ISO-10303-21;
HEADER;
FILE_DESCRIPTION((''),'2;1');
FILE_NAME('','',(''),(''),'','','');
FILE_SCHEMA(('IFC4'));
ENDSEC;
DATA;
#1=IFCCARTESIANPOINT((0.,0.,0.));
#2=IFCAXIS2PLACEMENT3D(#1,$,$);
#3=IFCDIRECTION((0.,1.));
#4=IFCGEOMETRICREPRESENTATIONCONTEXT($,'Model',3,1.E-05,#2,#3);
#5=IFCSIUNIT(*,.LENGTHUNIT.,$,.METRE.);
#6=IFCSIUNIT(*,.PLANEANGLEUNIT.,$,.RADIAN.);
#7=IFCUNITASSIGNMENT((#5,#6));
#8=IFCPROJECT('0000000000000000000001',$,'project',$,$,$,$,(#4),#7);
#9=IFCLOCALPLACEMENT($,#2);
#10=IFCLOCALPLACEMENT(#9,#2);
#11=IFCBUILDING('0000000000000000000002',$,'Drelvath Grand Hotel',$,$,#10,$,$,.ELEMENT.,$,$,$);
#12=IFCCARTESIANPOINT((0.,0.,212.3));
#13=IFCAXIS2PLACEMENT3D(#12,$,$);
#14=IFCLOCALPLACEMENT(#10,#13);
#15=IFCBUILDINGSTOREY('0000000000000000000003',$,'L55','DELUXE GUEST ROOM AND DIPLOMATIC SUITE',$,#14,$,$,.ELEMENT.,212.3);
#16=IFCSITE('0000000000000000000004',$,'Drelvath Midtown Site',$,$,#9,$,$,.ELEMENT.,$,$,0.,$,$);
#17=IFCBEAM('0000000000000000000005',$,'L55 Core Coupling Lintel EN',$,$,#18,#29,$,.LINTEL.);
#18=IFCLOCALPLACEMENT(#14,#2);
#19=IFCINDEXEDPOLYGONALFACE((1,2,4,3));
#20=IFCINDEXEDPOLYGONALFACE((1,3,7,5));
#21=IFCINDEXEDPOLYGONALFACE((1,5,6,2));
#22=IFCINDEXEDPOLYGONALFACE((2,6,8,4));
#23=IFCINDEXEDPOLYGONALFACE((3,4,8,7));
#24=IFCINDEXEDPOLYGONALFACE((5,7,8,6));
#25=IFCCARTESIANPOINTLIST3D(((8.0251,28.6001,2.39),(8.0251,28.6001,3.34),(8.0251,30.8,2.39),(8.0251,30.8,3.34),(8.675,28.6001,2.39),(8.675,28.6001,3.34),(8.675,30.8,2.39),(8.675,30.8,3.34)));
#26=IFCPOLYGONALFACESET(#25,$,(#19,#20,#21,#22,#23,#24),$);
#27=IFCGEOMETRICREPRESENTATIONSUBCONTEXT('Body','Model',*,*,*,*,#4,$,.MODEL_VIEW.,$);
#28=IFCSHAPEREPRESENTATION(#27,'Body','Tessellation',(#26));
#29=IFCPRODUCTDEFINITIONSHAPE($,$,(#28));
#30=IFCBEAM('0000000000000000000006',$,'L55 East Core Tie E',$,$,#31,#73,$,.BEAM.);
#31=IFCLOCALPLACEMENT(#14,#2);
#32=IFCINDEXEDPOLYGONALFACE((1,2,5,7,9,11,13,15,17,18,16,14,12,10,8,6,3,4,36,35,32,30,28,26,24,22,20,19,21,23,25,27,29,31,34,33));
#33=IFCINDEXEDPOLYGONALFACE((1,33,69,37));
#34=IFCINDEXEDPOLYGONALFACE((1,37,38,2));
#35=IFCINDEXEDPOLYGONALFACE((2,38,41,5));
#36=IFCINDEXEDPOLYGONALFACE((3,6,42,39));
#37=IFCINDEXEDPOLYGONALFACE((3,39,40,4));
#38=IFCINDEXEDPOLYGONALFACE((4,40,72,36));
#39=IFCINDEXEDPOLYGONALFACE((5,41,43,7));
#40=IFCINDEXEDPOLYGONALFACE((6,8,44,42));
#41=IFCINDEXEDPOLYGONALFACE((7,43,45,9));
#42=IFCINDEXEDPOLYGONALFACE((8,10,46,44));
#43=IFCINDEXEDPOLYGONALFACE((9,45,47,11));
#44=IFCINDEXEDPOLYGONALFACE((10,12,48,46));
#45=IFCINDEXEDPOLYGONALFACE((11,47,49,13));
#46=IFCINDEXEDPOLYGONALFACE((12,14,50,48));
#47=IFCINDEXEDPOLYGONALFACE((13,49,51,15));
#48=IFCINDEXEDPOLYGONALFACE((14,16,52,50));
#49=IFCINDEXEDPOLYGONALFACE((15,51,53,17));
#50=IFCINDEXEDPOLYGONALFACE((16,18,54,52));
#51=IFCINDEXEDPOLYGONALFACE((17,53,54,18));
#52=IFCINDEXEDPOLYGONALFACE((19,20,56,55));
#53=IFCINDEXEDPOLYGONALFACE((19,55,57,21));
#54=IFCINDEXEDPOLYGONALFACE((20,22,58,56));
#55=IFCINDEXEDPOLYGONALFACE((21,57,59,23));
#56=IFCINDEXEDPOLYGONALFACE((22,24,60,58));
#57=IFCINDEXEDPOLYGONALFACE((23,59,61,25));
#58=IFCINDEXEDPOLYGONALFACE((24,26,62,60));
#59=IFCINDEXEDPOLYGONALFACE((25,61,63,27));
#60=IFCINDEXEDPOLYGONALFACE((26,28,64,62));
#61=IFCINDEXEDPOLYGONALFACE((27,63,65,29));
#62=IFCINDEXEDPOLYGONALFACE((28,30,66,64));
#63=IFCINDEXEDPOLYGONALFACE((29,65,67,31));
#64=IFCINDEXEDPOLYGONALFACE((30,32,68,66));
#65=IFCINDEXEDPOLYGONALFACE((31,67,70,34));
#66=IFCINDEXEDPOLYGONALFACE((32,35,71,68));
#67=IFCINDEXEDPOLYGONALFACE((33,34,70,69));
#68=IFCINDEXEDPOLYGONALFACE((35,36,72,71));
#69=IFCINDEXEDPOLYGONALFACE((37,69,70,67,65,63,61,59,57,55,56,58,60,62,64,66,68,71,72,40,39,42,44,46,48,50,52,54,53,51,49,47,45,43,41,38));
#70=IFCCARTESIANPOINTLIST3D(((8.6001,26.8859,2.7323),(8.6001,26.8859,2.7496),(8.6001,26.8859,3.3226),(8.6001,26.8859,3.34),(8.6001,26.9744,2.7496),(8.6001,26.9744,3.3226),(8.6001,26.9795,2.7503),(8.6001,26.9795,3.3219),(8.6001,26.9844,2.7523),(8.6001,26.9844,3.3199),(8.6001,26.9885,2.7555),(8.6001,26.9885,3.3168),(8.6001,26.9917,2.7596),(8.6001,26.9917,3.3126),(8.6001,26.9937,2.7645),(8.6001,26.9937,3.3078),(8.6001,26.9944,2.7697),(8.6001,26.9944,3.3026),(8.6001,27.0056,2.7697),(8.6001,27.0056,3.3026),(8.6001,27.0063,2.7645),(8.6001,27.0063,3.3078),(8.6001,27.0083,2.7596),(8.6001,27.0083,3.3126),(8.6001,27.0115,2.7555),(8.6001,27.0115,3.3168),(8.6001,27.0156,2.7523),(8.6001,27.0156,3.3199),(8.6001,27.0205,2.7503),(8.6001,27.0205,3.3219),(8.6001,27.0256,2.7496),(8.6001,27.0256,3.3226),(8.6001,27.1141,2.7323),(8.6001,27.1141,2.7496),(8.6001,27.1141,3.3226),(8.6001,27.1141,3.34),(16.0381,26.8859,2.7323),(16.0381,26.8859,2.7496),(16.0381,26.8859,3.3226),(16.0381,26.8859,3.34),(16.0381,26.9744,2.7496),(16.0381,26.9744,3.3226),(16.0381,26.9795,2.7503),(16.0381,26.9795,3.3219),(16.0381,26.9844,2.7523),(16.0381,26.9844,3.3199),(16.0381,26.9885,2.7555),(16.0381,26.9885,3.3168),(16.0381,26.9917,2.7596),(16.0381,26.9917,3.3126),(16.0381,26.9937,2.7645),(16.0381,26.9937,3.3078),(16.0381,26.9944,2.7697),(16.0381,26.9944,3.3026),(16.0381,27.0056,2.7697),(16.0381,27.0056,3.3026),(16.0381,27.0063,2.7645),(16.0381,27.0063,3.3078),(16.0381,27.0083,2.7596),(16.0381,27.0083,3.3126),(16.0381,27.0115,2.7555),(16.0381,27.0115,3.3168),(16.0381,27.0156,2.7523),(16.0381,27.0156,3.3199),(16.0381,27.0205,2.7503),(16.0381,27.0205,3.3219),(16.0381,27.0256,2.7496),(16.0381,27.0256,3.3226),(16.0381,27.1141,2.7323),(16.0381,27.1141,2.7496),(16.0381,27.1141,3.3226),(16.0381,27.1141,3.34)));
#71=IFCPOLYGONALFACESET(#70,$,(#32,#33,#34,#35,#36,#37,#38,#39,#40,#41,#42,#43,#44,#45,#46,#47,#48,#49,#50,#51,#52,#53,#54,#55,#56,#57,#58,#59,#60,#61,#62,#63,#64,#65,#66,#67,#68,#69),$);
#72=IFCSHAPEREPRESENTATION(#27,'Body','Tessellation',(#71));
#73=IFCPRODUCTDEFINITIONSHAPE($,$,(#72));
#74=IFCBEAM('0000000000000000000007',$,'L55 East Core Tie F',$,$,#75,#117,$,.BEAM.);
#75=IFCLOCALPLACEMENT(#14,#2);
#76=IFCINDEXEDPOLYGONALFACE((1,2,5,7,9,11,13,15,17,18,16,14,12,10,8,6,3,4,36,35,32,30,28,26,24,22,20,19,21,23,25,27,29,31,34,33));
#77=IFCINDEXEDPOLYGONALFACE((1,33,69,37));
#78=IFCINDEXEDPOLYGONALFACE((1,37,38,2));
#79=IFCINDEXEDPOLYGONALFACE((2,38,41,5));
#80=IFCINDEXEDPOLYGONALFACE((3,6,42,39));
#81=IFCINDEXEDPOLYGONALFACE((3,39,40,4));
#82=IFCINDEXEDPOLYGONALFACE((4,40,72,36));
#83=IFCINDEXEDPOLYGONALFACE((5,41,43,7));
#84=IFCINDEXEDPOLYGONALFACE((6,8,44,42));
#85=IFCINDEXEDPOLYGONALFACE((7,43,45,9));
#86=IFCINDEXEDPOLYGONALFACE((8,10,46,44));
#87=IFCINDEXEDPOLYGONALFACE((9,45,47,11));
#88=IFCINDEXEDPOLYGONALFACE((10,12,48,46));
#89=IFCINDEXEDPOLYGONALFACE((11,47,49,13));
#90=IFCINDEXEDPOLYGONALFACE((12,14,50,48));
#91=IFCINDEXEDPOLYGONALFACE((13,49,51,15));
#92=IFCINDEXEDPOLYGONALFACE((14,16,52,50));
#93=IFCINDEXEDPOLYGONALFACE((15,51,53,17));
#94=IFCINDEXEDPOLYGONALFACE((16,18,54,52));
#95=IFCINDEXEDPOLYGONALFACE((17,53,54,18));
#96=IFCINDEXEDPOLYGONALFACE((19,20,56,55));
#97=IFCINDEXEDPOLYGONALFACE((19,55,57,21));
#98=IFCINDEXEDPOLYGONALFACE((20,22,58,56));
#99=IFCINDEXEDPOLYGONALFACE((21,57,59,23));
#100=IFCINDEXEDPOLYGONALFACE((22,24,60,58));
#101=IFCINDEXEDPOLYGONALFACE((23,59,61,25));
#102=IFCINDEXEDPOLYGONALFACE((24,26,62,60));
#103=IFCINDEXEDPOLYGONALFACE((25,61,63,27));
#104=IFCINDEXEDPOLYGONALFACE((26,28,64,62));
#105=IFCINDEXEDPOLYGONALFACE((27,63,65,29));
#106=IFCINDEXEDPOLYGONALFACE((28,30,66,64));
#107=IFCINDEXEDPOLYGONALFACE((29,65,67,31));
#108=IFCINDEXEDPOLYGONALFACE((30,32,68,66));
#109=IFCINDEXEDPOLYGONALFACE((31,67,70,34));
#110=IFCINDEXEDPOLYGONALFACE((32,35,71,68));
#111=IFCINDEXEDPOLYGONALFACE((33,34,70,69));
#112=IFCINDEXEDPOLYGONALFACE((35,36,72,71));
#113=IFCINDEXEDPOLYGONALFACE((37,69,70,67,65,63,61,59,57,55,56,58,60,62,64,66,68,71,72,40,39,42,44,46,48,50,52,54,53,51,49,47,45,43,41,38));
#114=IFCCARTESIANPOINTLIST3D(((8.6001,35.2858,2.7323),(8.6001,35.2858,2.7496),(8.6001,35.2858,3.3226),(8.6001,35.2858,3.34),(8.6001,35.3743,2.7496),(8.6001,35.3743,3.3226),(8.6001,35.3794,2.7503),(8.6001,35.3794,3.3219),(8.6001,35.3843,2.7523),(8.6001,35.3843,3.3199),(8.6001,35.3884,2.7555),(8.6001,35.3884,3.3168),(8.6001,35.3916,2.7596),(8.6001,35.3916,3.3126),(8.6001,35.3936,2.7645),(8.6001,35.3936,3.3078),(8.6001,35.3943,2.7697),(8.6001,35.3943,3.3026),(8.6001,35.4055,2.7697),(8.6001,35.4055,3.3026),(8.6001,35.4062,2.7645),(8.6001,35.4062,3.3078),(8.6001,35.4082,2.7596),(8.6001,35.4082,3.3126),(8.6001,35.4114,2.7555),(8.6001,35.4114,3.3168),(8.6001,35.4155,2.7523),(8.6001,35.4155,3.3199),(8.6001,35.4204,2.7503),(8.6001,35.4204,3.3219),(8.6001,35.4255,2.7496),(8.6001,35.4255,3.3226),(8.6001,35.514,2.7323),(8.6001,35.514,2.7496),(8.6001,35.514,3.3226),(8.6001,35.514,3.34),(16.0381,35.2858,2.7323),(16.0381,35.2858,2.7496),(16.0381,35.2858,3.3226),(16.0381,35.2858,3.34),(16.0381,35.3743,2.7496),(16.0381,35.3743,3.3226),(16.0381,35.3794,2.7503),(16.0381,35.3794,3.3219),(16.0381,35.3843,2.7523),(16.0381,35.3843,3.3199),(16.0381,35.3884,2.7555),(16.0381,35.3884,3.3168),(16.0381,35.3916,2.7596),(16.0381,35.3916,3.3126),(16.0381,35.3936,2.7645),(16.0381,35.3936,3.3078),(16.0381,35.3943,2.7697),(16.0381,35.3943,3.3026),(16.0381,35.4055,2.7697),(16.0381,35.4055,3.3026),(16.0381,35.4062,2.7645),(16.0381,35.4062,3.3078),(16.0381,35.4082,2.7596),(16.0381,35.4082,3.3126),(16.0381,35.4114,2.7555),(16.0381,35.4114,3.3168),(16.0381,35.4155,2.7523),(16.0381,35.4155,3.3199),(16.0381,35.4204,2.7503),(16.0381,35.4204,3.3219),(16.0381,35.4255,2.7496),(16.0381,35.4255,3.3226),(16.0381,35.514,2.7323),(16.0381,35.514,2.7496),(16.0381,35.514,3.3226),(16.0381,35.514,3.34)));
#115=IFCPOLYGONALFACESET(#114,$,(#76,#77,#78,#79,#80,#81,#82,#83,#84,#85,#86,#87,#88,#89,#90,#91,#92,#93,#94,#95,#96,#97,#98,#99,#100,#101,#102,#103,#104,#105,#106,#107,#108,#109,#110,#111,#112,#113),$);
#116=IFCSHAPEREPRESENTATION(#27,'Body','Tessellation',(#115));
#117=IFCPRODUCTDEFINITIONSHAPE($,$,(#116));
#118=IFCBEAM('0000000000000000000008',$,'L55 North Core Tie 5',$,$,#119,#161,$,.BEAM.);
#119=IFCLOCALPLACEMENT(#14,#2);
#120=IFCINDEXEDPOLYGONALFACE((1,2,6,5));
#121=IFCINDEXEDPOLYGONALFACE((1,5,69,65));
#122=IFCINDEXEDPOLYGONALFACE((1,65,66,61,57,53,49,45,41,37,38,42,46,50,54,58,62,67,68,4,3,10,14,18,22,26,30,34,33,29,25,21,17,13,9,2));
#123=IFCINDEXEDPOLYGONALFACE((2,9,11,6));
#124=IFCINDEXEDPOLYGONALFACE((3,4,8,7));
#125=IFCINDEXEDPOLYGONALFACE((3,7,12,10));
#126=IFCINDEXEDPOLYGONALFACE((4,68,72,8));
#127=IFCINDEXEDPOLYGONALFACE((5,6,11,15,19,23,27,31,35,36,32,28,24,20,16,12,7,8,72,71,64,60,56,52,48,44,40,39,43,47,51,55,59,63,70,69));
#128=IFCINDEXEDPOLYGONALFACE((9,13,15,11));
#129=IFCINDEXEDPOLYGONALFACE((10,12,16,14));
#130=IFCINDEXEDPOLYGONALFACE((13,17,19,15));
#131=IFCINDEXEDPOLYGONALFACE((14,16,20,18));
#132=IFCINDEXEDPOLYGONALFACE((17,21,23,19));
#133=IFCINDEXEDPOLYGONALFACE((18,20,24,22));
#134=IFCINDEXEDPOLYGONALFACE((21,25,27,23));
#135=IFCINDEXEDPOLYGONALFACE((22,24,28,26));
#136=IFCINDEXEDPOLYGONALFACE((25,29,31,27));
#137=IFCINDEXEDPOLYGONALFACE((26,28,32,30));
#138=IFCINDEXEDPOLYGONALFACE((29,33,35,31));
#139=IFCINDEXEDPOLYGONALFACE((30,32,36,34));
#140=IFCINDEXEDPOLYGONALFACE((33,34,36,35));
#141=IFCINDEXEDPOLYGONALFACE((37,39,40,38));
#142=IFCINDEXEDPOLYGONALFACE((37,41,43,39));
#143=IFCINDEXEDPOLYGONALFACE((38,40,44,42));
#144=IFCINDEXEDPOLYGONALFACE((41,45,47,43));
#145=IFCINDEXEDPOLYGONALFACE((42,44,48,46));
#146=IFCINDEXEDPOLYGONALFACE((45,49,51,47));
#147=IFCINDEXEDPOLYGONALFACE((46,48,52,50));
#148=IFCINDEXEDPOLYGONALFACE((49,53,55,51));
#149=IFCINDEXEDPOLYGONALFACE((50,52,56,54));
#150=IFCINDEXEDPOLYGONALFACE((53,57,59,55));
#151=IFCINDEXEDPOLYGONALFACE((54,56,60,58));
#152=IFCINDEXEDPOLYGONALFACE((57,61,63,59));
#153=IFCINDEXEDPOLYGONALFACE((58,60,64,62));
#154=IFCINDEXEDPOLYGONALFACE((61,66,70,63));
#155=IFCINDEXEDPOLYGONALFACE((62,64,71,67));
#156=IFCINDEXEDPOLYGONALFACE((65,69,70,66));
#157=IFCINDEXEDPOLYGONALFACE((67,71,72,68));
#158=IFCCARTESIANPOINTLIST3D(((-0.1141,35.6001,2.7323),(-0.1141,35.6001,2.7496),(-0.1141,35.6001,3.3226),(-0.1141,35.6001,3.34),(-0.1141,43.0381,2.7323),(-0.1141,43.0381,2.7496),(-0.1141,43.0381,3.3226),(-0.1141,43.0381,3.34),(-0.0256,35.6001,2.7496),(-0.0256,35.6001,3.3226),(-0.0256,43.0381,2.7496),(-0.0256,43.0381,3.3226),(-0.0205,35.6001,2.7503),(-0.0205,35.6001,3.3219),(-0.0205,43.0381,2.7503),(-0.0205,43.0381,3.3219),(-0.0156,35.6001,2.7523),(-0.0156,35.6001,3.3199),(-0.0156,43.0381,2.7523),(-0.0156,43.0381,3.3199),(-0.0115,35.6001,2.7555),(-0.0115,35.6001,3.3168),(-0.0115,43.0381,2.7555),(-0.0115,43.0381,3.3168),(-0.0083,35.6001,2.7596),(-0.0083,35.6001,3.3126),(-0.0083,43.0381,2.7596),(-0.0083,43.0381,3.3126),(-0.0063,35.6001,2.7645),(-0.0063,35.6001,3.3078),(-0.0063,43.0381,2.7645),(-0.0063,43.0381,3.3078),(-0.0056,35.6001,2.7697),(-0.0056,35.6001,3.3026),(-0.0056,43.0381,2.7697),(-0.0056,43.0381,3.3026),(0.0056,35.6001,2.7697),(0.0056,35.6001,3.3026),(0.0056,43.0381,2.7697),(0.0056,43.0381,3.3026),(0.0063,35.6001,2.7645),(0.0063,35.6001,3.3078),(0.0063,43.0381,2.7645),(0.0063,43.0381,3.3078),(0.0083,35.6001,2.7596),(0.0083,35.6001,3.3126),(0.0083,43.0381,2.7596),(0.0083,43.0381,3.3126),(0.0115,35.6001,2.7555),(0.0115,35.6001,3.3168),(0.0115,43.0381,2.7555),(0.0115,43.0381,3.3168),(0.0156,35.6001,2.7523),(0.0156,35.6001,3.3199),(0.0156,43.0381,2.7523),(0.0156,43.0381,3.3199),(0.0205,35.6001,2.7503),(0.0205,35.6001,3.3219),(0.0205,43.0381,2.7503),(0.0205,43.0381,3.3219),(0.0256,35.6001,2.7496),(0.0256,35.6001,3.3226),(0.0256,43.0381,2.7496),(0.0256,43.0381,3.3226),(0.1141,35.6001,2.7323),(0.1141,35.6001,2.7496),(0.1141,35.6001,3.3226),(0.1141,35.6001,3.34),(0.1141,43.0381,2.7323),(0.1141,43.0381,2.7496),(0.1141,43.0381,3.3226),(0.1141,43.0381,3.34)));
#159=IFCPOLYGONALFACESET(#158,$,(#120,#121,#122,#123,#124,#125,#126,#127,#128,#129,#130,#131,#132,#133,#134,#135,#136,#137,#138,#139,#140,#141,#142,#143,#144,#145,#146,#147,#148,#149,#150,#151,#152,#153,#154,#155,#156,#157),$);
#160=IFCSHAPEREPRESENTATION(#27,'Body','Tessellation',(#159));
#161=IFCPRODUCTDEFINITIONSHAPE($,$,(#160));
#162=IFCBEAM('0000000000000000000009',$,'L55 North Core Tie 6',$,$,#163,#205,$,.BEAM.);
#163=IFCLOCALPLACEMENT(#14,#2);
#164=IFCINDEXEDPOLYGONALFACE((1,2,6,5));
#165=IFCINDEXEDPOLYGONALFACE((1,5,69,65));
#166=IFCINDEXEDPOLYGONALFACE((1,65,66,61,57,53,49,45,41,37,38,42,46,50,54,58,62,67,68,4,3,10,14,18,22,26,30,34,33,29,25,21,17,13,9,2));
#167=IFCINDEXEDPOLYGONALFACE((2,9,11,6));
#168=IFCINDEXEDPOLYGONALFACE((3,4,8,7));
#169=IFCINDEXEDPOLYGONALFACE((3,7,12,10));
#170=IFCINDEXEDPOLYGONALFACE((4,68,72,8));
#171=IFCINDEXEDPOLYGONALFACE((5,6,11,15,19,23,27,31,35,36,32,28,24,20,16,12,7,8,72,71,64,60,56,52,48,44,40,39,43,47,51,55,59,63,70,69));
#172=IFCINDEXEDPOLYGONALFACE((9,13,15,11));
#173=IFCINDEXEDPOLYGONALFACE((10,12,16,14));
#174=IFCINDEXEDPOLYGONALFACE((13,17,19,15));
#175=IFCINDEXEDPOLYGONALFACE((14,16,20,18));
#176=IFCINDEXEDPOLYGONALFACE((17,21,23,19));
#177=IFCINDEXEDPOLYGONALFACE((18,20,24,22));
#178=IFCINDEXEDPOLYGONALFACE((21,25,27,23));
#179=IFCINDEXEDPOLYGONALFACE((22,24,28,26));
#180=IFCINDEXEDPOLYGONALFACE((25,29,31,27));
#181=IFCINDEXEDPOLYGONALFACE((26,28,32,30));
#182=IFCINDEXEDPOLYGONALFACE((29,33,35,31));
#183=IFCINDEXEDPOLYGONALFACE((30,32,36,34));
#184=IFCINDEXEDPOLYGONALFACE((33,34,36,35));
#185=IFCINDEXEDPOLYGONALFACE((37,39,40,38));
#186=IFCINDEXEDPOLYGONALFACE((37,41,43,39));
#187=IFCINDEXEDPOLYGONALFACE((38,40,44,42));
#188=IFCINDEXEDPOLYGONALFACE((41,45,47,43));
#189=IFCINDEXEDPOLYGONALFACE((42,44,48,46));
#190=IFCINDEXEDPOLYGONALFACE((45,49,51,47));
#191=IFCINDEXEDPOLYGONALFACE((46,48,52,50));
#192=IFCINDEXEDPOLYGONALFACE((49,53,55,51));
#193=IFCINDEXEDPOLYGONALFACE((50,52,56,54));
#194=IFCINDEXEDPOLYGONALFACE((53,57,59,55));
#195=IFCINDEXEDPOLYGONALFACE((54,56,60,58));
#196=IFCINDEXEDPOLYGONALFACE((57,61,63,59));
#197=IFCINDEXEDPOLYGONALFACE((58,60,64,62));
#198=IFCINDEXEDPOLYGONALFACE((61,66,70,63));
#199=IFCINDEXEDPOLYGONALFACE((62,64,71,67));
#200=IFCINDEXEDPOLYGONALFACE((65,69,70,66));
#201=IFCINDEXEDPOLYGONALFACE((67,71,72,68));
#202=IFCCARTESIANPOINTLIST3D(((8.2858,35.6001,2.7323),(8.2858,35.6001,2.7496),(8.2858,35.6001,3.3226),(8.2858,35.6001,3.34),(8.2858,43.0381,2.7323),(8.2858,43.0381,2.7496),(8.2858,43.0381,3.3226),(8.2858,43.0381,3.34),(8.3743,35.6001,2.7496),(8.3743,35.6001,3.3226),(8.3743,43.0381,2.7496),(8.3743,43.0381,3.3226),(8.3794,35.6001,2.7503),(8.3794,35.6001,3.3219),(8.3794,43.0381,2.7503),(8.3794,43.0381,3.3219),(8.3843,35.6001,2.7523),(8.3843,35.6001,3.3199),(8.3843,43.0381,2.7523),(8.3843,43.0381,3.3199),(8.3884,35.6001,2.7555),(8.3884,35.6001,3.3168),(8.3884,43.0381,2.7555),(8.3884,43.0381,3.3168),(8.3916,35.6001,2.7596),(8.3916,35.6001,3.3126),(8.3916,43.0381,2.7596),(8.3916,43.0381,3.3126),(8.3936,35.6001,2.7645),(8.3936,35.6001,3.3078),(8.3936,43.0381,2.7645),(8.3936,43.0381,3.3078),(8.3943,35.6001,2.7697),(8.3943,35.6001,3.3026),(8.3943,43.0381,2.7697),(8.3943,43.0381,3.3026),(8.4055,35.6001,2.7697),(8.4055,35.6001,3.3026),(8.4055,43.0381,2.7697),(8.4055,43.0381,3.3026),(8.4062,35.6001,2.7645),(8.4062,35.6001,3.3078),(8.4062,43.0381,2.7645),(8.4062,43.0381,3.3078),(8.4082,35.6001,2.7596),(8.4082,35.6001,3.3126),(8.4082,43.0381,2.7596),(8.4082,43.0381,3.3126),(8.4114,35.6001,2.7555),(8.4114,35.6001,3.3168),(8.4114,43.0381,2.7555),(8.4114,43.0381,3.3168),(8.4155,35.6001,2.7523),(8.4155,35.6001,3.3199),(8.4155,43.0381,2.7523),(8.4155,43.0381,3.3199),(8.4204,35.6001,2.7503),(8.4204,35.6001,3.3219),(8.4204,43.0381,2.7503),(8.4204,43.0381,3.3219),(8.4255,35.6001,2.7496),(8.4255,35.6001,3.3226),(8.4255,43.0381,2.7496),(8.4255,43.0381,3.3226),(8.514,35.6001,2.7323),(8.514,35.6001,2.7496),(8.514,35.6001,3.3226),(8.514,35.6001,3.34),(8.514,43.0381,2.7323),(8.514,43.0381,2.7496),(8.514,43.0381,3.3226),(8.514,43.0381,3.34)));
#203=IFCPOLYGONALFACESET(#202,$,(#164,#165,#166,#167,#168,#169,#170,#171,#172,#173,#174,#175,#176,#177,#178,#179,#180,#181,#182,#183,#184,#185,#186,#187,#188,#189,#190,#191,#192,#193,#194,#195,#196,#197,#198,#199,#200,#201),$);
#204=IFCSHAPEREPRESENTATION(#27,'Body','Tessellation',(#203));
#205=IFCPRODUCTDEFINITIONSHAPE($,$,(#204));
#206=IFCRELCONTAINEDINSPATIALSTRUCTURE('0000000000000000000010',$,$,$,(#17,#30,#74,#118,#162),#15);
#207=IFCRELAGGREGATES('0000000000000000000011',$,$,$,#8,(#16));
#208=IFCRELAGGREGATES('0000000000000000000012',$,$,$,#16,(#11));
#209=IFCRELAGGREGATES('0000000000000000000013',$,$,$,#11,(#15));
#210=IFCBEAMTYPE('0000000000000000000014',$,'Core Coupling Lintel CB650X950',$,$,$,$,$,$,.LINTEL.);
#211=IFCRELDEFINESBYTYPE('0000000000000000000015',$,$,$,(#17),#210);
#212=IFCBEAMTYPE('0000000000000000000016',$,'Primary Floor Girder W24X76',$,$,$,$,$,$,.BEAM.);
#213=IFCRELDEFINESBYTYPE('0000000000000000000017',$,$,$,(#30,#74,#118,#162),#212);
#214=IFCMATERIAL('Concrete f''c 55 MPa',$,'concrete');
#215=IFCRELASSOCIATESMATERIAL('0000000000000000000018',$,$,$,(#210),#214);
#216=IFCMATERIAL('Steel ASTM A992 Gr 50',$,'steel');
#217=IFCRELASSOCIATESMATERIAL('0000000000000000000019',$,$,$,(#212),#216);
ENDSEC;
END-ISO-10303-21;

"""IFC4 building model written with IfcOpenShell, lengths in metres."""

from ifc_helpers import new_model, si_unit, direction, frame, origin, origin_2d, place, context, subcontext, project, spatial, rectangle, i_section, extrude, material, material_profile, profile_set, type_object, element, save


model = new_model("IFC4")

# Units and contexts
model_context = context("Model", 3, precision=1e-05, world=origin(), true_north=direction((0.0, 1.0)))
body_context = subcontext(model_context, "Body", "Model", "MODEL_VIEW")
ifc_project = project(units=[si_unit("LENGTHUNIT", "METRE"), si_unit("PLANEANGLEUNIT", "RADIAN")], contexts=[model_context])

# Site, building, storey
site_placement = place(None, origin())
site = spatial("IfcSite", under=ifc_project, at=site_placement, Name="Drelvath Midtown Site", CompositionType="ELEMENT", RefElevation=0.0)
building_placement = place(site_placement, origin())
building = spatial("IfcBuilding", under=site, at=building_placement, Name="Drelvath Grand Hotel", CompositionType="ELEMENT")
storey_placement = place(building_placement, frame((0.0, 0.0, 212.3)))
storey = spatial("IfcBuildingStorey", under=building, at=storey_placement, Name="L55", Description="DELUXE GUEST ROOM AND DIPLOMATIC SUITE", CompositionType="ELEMENT", Elevation=212.3)

# Beams
ifc_material_1 = material(Name="Concrete f'c 55 MPa", Category="concrete")
ifc_material_profile_1 = material_profile(ifc_material_1, rectangle(XDim=0.6499, YDim=0.95, at=origin_2d()), Name="CB650X950")
ifc_profile_set_1 = profile_set([ifc_material_profile_1], Name="Concrete f'c 55 MPa")
beam_type_1 = type_object("IfcBeamType", Name="Core Coupling Lintel CB650X950", PredefinedType="LINTEL", material=ifc_profile_set_1)
beam_placement = place(storey_placement, frame((8.3501, 28.6001, 2.865), z_axis=(0.0, 1.0, 0.0), x_axis=(-1.0, 0.0, 0.0)))
element("IfcBeam", 1, at=beam_placement, inside=storey, type_object=beam_type_1, Name="L55 Core Coupling Lintel EN", PredefinedType="LINTEL", context=body_context, shape_type="SweptSolid", body=[
    extrude(rectangle(XDim=0.6499, YDim=0.95, at=origin_2d()), origin(), (0.0, 0.0, 1.0), 2.2),
])
ifc_material_2 = material(Name="Steel ASTM A992 Gr 50", Category="steel")
ifc_material_profile_2 = material_profile(ifc_material_2, i_section(OverallWidth=0.2283, OverallDepth=0.6077, WebThickness=0.0112, FlangeThickness=0.0173, FilletRadius=0.02, at=origin_2d()), Name="W24X76")
ifc_profile_set_2 = profile_set([ifc_material_profile_2], Name="Steel ASTM A992 Gr 50")
beam_type_2 = type_object("IfcBeamType", Name="Primary Floor Girder W24X76", PredefinedType="BEAM", material=ifc_profile_set_2)
for number, where, z_axis, x_axis, name in (
    (2, (8.6001, 27.0, 3.0361), (1.0, 0.0, 0.0), (0.0, 1.0, 0.0), "L55 East Core Tie E"),
    (3, (8.6001, 35.3999, 3.0361), (1.0, 0.0, 0.0), (0.0, 1.0, 0.0), "L55 East Core Tie F"),
    (4, (0.0, 35.6001, 3.0361), (0.0, 1.0, 0.0), (-1.0, 0.0, 0.0), "L55 North Core Tie 5"),
    (5, (8.3999, 35.6001, 3.0361), (0.0, 1.0, 0.0), (-1.0, 0.0, 0.0), "L55 North Core Tie 6"),
):
    element("IfcBeam", number, at=place(storey_placement, frame(where, z_axis=z_axis, x_axis=x_axis)), inside=storey, type_object=beam_type_2, Name=name, PredefinedType="BEAM", context=body_context, shape_type="SweptSolid", body=[
        extrude(i_section(OverallWidth=0.2283, OverallDepth=0.6077, WebThickness=0.0112, FlangeThickness=0.0173, FilletRadius=0.02, at=origin_2d()), origin(), (0.0, 0.0, 1.0), 7.438),
    ])

save(model, "model.ifc")
